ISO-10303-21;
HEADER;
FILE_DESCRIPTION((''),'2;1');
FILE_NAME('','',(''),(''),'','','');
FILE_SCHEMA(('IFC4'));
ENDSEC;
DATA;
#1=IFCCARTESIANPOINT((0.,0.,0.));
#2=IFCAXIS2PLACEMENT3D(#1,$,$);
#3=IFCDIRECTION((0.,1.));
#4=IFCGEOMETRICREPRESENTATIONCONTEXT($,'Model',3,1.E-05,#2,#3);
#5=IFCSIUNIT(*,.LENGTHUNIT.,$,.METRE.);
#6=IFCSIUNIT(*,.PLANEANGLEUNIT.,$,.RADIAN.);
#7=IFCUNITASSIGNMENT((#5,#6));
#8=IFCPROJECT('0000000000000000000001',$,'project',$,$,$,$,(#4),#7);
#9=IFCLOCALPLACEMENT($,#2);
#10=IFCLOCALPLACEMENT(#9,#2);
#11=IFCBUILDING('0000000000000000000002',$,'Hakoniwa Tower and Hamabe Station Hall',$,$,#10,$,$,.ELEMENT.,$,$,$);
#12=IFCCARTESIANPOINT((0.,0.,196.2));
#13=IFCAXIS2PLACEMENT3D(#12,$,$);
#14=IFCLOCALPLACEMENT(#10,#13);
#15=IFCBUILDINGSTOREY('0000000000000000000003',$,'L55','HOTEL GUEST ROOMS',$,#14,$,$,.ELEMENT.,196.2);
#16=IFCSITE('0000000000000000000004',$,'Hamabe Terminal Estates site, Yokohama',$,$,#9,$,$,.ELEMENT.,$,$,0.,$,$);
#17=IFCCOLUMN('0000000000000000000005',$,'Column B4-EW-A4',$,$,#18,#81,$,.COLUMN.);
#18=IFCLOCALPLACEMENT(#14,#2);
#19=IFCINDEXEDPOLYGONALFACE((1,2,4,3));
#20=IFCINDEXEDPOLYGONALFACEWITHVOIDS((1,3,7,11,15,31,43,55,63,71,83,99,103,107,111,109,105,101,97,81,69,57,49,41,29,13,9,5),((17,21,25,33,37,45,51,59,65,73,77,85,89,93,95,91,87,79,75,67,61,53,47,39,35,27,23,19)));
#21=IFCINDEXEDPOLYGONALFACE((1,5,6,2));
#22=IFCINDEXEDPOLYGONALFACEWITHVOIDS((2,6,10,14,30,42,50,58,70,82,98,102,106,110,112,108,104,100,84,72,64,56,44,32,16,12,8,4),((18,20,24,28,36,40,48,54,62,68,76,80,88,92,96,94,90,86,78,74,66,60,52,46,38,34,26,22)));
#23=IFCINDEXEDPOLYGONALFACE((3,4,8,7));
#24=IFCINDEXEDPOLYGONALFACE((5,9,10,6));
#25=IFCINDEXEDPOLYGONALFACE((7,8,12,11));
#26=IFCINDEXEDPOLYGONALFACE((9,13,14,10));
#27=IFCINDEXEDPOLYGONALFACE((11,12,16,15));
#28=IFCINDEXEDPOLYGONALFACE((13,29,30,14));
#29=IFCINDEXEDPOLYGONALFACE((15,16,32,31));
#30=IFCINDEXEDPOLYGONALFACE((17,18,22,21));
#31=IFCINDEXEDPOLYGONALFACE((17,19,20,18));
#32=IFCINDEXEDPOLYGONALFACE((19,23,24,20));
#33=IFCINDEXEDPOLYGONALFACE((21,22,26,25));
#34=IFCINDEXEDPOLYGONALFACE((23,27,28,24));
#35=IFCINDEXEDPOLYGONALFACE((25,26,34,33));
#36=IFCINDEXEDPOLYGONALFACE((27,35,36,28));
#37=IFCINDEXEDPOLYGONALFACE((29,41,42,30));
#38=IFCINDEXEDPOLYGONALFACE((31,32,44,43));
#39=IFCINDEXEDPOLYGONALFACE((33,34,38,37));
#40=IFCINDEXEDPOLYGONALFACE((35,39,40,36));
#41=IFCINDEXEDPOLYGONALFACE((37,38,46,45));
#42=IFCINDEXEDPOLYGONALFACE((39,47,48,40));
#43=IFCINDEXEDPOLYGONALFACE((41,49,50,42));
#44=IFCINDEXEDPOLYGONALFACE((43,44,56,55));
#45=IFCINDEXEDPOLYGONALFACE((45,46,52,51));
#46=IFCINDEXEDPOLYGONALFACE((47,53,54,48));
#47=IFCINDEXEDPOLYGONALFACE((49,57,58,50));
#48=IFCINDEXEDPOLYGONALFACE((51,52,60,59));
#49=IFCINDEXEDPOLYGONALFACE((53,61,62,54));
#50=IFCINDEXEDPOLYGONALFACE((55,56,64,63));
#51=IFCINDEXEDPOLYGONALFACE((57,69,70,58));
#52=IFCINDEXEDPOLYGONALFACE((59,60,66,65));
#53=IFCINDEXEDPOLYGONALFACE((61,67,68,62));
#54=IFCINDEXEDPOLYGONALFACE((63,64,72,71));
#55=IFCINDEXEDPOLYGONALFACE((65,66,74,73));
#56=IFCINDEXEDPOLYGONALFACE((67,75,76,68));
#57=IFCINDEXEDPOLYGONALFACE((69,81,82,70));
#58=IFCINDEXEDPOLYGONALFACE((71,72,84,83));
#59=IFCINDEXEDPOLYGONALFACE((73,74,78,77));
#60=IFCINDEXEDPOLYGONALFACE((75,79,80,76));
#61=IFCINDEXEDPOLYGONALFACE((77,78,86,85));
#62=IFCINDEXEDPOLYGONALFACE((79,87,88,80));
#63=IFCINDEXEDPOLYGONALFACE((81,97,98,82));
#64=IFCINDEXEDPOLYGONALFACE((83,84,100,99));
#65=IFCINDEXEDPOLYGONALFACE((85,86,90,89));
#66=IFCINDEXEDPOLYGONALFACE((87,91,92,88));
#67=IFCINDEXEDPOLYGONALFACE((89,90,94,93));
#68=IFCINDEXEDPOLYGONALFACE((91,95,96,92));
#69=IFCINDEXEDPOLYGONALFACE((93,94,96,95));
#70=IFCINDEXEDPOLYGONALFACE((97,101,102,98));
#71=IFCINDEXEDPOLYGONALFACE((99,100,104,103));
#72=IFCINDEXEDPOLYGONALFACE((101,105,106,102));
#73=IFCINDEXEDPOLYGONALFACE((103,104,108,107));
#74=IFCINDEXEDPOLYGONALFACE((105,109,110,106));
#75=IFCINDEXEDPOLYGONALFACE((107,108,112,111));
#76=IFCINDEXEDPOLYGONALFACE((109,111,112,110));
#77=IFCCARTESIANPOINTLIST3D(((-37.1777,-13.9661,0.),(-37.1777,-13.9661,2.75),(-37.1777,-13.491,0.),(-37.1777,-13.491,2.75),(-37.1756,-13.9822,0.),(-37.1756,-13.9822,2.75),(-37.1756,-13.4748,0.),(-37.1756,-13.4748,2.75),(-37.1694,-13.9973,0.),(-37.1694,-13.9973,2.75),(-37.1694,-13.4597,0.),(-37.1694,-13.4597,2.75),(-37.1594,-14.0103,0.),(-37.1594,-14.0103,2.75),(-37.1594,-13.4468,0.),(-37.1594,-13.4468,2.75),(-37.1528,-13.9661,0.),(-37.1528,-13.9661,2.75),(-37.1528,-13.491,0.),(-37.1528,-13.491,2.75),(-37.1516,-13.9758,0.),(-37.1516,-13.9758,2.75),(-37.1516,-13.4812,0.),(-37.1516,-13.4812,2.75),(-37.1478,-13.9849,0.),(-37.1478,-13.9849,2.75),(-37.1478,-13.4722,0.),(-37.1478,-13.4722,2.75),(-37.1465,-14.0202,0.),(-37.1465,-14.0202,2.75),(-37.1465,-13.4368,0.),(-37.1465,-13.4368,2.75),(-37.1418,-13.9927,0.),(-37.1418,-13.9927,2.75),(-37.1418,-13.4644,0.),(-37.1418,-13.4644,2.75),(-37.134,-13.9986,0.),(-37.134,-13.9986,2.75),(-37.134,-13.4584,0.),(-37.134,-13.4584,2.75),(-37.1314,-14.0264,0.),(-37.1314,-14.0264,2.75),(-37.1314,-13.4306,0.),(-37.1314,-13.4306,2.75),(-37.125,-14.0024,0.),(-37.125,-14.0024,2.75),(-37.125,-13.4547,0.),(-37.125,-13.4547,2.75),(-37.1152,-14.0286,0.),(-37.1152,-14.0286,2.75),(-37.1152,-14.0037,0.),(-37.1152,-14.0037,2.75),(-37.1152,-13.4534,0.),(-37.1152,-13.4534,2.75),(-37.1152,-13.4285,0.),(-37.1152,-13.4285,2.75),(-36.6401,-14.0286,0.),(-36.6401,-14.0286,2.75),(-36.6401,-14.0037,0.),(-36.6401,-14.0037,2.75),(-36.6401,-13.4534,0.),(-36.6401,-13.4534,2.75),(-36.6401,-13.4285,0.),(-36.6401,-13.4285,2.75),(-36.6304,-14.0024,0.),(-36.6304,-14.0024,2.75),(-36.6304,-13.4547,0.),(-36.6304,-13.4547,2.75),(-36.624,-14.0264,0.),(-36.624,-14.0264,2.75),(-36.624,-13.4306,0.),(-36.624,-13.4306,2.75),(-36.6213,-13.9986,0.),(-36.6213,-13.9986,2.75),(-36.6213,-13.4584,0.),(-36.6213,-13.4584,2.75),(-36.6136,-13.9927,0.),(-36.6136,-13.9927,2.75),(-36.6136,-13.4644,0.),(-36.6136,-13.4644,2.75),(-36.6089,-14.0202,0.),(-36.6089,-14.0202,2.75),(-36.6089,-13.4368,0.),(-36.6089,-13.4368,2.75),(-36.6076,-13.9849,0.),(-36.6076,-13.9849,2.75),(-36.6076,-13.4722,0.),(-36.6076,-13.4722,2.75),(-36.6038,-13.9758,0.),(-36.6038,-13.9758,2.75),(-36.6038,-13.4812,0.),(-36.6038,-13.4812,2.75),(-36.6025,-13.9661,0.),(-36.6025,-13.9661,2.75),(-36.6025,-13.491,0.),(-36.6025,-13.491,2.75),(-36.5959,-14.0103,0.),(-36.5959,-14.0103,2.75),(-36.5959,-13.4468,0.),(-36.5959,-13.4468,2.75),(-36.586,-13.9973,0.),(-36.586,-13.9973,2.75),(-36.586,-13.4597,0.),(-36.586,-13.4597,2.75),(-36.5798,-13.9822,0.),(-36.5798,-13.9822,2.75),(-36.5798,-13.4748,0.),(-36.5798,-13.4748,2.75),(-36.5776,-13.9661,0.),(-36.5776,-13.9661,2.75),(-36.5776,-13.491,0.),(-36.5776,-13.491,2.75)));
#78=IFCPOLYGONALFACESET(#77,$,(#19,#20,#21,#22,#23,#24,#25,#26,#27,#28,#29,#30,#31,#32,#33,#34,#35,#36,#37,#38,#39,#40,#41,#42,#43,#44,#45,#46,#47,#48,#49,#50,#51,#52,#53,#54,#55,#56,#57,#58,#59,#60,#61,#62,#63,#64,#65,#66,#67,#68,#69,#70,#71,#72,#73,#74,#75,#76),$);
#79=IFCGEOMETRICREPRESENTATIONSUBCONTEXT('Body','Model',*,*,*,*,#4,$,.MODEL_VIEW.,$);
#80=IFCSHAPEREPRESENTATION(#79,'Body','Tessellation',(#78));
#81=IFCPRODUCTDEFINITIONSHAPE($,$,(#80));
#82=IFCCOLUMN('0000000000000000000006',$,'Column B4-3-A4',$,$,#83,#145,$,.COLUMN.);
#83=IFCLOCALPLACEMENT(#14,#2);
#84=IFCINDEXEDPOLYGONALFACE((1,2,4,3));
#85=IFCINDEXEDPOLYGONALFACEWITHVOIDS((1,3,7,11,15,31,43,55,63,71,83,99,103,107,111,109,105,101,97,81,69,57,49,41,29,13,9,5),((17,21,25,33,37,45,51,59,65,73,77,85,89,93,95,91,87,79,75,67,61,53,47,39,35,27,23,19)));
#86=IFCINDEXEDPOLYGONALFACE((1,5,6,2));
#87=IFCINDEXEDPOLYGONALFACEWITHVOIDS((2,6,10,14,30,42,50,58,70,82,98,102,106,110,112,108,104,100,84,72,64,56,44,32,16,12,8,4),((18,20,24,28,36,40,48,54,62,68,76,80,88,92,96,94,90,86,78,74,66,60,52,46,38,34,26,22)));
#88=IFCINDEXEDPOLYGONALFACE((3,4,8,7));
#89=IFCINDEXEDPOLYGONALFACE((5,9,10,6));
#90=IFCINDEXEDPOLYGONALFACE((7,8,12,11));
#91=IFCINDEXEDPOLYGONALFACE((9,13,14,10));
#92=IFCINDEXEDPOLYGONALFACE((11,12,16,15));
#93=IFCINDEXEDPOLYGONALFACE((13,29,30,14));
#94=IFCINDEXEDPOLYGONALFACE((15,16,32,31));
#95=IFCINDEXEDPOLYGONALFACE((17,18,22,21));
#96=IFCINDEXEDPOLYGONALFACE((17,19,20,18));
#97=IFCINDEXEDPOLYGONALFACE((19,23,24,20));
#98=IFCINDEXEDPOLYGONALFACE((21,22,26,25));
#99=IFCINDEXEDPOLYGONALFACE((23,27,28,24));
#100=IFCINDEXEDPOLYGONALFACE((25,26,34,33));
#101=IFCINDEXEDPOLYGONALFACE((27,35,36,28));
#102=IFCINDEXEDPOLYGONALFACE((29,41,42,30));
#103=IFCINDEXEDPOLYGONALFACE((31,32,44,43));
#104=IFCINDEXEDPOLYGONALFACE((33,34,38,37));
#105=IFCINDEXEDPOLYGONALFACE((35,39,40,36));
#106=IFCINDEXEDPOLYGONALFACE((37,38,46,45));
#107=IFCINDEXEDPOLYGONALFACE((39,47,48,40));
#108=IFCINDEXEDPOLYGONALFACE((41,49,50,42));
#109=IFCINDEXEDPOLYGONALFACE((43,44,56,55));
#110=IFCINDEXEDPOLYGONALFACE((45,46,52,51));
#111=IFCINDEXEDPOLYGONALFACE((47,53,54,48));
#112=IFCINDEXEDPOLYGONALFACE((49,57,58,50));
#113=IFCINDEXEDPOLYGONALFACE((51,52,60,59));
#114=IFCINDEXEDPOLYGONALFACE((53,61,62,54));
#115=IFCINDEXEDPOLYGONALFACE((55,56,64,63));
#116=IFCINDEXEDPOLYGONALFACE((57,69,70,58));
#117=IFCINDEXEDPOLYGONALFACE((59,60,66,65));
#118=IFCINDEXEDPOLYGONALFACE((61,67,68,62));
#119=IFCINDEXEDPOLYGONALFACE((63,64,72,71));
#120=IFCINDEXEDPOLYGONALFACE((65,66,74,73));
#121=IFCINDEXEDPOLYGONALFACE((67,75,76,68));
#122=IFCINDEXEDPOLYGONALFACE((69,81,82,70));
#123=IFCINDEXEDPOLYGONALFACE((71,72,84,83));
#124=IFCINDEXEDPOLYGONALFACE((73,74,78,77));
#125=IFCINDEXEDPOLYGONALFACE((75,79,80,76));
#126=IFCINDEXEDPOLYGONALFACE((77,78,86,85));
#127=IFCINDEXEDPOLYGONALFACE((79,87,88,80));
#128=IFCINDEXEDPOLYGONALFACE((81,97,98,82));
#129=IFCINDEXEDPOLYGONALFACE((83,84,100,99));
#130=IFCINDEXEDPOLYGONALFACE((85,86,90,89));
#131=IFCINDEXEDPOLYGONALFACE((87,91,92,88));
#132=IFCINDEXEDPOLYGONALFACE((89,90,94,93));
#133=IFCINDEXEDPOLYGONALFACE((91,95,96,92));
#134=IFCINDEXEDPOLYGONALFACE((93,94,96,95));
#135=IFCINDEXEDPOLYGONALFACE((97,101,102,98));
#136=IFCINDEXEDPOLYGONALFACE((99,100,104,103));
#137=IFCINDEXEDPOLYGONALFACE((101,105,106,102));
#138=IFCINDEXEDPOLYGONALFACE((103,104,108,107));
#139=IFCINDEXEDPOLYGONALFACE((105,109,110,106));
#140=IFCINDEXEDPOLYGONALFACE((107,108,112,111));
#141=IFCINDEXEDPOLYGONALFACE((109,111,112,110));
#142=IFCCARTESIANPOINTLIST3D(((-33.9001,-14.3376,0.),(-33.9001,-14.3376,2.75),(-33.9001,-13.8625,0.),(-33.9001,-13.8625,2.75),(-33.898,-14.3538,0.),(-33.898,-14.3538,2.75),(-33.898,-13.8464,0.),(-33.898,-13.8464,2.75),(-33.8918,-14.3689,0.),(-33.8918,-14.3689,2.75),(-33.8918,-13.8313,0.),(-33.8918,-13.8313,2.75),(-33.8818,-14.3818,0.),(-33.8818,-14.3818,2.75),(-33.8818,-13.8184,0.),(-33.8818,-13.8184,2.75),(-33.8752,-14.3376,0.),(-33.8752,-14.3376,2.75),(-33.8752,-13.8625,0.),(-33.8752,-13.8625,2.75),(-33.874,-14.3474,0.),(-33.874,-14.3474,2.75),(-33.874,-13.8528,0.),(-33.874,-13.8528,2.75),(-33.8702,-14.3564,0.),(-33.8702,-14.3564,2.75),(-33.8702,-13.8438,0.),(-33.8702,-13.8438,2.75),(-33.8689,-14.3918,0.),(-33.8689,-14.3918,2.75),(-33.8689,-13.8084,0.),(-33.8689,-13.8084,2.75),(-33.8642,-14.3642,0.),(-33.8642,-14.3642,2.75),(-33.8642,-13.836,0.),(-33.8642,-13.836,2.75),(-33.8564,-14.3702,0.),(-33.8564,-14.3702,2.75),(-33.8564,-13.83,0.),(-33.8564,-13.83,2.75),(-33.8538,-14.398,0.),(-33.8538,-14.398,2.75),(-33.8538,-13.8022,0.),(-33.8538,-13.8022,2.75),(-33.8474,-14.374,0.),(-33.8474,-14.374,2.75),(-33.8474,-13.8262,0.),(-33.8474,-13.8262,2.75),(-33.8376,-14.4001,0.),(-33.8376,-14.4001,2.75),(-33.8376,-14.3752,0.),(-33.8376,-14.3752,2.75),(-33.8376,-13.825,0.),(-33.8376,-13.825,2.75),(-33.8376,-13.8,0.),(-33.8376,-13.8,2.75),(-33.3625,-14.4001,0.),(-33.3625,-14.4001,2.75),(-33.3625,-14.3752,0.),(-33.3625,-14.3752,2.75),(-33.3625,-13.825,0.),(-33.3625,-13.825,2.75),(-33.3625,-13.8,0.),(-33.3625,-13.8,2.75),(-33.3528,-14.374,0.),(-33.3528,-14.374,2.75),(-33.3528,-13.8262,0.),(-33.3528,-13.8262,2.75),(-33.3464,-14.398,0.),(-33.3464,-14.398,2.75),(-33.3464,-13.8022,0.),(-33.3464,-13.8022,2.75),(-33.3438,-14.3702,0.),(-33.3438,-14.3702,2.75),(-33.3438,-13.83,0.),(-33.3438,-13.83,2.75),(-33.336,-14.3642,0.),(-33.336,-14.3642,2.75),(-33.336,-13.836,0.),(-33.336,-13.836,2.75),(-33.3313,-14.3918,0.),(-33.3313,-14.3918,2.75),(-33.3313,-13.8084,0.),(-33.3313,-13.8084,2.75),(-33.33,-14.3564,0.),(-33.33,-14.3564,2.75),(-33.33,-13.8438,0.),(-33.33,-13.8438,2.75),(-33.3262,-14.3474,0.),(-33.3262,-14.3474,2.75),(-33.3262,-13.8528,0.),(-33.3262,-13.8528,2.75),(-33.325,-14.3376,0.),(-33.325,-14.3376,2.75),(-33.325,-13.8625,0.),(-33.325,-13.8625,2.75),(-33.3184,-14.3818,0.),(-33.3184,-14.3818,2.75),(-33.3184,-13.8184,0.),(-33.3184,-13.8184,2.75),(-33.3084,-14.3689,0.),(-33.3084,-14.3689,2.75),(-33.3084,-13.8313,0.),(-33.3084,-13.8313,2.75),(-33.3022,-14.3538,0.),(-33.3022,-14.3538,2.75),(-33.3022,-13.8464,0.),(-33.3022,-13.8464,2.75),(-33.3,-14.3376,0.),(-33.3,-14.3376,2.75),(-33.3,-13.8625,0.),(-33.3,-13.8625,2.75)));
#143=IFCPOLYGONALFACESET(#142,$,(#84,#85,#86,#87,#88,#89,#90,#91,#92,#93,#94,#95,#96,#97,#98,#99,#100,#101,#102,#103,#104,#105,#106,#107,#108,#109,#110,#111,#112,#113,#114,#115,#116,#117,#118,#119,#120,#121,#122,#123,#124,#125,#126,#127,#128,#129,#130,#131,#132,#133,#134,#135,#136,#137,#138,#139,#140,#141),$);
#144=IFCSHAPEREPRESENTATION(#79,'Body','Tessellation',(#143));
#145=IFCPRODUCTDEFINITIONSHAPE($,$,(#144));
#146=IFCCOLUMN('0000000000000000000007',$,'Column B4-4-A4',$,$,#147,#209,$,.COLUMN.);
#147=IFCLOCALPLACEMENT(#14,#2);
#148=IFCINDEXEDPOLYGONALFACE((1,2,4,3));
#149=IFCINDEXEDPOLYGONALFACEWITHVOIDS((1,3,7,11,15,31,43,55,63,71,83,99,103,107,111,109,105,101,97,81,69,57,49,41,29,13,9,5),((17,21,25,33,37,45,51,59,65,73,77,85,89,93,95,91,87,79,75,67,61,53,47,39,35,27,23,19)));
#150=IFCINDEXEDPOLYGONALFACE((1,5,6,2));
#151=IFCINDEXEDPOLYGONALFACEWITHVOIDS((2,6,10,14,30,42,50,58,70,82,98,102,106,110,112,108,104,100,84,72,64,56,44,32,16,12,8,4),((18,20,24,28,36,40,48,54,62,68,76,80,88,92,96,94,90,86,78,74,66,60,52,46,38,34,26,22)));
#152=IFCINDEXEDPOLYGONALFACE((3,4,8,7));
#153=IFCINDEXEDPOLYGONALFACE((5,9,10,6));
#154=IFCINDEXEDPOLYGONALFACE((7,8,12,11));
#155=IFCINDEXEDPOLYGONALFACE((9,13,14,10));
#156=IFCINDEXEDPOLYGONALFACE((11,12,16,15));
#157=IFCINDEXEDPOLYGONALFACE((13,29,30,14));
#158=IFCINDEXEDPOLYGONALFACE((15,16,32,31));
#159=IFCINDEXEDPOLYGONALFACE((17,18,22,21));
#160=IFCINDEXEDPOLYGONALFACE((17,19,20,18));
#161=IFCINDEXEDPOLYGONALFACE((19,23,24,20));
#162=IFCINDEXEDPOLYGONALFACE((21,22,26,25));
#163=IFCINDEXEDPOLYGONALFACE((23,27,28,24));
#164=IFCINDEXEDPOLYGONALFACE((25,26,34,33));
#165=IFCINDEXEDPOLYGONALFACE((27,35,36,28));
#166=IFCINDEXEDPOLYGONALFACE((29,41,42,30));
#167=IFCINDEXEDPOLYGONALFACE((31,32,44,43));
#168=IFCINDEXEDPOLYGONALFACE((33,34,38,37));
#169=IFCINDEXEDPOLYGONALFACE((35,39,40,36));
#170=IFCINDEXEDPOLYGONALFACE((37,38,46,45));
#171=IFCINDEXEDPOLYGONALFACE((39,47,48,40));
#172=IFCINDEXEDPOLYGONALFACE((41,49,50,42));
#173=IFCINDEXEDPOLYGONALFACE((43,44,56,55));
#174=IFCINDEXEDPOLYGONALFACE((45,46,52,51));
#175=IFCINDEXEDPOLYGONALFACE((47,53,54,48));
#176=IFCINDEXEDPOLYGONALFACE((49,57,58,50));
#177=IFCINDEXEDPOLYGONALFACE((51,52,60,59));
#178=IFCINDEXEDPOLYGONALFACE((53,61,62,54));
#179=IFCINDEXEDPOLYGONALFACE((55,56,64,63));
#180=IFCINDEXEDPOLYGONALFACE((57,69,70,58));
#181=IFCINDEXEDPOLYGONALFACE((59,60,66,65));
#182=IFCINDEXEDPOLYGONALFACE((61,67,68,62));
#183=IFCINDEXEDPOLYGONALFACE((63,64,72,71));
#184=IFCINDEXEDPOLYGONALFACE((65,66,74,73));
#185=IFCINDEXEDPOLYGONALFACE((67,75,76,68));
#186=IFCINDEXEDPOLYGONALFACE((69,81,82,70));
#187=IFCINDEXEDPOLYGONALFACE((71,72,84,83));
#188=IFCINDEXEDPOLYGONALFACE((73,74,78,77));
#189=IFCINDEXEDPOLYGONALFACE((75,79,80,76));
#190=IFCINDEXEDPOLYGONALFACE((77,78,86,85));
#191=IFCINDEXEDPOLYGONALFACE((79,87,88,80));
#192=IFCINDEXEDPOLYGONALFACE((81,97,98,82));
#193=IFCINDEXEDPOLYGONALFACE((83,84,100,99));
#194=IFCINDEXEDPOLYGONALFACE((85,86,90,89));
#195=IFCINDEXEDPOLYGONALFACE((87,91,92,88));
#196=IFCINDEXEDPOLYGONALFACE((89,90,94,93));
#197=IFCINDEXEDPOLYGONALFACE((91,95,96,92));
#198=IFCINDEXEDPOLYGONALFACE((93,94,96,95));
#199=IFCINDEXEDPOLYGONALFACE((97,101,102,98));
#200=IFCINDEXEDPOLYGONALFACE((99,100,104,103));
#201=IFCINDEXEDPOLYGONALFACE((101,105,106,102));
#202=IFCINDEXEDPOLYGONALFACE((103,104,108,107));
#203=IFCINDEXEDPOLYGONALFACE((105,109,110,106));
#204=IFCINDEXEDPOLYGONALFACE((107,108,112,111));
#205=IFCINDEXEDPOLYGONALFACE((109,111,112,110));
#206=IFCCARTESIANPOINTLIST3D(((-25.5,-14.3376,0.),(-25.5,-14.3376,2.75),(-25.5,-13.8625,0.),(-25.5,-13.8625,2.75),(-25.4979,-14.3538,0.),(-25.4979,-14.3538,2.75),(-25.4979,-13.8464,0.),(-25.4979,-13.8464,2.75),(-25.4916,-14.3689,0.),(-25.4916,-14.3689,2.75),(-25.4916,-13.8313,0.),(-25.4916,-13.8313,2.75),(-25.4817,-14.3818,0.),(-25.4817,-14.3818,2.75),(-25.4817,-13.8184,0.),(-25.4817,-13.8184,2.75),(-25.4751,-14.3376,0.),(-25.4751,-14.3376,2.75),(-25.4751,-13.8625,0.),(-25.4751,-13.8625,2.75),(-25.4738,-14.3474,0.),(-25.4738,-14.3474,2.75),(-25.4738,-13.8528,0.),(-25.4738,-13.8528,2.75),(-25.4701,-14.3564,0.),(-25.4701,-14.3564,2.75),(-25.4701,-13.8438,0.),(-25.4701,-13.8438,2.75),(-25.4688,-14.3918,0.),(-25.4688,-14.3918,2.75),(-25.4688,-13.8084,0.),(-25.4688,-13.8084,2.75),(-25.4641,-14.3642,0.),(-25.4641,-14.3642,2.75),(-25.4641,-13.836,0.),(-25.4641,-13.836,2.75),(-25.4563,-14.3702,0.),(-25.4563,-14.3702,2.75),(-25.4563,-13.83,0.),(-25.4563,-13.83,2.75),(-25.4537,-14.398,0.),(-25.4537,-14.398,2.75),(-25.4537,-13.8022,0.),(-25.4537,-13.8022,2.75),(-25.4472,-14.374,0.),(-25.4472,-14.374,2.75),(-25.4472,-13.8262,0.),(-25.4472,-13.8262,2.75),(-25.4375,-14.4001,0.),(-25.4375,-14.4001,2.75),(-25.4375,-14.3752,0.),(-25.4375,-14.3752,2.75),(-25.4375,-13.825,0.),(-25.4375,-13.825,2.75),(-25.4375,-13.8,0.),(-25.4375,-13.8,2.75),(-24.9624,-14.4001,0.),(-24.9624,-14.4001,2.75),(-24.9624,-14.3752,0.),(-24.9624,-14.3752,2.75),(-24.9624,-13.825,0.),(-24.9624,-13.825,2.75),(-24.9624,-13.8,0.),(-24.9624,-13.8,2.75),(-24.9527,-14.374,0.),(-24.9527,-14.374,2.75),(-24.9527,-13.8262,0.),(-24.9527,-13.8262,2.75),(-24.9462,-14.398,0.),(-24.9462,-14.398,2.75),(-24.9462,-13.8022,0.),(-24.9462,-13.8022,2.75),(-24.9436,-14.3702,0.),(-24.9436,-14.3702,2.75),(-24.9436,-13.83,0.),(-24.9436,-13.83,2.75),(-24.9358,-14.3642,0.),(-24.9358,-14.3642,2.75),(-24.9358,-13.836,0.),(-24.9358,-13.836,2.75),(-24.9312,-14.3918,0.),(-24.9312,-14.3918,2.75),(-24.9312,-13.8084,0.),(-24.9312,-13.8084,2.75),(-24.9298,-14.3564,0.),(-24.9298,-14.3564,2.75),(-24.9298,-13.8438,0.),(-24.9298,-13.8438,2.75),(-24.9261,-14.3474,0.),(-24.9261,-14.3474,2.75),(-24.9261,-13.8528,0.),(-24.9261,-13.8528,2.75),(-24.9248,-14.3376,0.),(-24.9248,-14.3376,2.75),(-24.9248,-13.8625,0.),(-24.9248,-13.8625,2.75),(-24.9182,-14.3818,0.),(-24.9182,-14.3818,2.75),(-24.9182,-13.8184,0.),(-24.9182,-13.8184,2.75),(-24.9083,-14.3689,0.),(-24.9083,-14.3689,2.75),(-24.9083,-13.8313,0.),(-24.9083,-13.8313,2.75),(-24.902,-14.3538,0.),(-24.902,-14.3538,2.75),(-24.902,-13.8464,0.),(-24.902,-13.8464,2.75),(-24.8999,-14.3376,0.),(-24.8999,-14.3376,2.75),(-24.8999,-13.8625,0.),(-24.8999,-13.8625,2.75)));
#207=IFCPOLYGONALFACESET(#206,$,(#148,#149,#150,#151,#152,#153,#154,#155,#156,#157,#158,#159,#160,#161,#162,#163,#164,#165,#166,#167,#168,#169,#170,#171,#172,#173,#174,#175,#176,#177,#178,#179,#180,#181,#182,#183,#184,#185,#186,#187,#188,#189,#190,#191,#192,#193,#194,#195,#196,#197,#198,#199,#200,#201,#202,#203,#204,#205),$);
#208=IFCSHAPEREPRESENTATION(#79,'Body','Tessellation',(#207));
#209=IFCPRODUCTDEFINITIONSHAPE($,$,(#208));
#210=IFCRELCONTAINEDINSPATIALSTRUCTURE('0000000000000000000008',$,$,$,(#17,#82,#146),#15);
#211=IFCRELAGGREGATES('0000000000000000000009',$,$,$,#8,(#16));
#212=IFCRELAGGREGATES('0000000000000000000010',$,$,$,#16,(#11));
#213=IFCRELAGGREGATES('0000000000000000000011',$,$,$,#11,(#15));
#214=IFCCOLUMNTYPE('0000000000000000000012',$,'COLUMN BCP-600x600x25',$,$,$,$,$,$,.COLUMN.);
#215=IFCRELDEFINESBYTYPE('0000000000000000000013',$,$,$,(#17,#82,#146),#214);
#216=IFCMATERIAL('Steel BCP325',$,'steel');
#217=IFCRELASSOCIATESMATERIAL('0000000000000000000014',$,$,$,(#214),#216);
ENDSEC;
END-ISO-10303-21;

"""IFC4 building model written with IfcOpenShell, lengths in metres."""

from ifc_helpers import new_model, si_unit, direction, frame, origin, origin_2d, place, context, subcontext, project, spatial, hollow_rectangle, extrude, material, material_profile, profile_set, type_object, element, save


model = new_model("IFC4")

# Units and contexts
model_context = context("Model", 3, precision=1e-05, world=origin(), true_north=direction((0.0, 1.0)))
body_context = subcontext(model_context, "Body", "Model", "MODEL_VIEW")
ifc_project = project(units=[si_unit("LENGTHUNIT", "METRE"), si_unit("PLANEANGLEUNIT", "RADIAN")], contexts=[model_context])

# Site, building, storey
site_placement = place(None, origin())
site = spatial("IfcSite", under=ifc_project, at=site_placement, Name="Hamabe Terminal Estates site, Yokohama", CompositionType="ELEMENT", RefElevation=0.0)
building_placement = place(site_placement, origin())
building = spatial("IfcBuilding", under=site, at=building_placement, Name="Hakoniwa Tower and Hamabe Station Hall", CompositionType="ELEMENT")
storey_placement = place(building_placement, frame((0.0, 0.0, 196.2)))
storey = spatial("IfcBuildingStorey", under=building, at=storey_placement, Name="L55", Description="HOTEL GUEST ROOMS", CompositionType="ELEMENT", Elevation=196.2)

# Columns
ifc_material_1 = material(Name="Steel BCP325", Category="steel")
ifc_material_profile_1 = material_profile(ifc_material_1, hollow_rectangle(XDim=0.6001, YDim=0.6001, WallThickness=0.0249, InnerFilletRadius=0.0376, OuterFilletRadius=0.0625, at=origin_2d()), Name="BCP-600x600x25")
ifc_profile_set_1 = profile_set([ifc_material_profile_1], Name="Steel BCP325")
column_type = type_object("IfcColumnType", Name="COLUMN BCP-600x600x25", PredefinedType="COLUMN", material=ifc_profile_set_1)
for number, where, z_axis, x_axis, name in (
    (1, (-36.8777, -13.7285, 0.0), (0.0, 0.0, 1.0), (1.0, 0.0, 0.0), "Column B4-EW-A4"),
    (2, (-33.6001, -14.1001, 0.0), (0.0, 0.0, 1.0), (1.0, 0.0, 0.0), "Column B4-3-A4"),
    (3, (-25.2, -14.1001, 0.0), (0.0, 0.0, 1.0), (1.0, 0.0, 0.0), "Column B4-4-A4"),
):
    element("IfcColumn", number, at=place(storey_placement, frame(where, z_axis=z_axis, x_axis=x_axis)), inside=storey, type_object=column_type, Name=name, PredefinedType="COLUMN", context=body_context, shape_type="SweptSolid", body=[
        extrude(hollow_rectangle(XDim=0.6001, YDim=0.6001, WallThickness=0.0249, InnerFilletRadius=0.0376, OuterFilletRadius=0.0625, at=origin_2d()), origin(), (0.0, 0.0, 1.0), 2.75),
    ])

save(model, "model.ifc")
